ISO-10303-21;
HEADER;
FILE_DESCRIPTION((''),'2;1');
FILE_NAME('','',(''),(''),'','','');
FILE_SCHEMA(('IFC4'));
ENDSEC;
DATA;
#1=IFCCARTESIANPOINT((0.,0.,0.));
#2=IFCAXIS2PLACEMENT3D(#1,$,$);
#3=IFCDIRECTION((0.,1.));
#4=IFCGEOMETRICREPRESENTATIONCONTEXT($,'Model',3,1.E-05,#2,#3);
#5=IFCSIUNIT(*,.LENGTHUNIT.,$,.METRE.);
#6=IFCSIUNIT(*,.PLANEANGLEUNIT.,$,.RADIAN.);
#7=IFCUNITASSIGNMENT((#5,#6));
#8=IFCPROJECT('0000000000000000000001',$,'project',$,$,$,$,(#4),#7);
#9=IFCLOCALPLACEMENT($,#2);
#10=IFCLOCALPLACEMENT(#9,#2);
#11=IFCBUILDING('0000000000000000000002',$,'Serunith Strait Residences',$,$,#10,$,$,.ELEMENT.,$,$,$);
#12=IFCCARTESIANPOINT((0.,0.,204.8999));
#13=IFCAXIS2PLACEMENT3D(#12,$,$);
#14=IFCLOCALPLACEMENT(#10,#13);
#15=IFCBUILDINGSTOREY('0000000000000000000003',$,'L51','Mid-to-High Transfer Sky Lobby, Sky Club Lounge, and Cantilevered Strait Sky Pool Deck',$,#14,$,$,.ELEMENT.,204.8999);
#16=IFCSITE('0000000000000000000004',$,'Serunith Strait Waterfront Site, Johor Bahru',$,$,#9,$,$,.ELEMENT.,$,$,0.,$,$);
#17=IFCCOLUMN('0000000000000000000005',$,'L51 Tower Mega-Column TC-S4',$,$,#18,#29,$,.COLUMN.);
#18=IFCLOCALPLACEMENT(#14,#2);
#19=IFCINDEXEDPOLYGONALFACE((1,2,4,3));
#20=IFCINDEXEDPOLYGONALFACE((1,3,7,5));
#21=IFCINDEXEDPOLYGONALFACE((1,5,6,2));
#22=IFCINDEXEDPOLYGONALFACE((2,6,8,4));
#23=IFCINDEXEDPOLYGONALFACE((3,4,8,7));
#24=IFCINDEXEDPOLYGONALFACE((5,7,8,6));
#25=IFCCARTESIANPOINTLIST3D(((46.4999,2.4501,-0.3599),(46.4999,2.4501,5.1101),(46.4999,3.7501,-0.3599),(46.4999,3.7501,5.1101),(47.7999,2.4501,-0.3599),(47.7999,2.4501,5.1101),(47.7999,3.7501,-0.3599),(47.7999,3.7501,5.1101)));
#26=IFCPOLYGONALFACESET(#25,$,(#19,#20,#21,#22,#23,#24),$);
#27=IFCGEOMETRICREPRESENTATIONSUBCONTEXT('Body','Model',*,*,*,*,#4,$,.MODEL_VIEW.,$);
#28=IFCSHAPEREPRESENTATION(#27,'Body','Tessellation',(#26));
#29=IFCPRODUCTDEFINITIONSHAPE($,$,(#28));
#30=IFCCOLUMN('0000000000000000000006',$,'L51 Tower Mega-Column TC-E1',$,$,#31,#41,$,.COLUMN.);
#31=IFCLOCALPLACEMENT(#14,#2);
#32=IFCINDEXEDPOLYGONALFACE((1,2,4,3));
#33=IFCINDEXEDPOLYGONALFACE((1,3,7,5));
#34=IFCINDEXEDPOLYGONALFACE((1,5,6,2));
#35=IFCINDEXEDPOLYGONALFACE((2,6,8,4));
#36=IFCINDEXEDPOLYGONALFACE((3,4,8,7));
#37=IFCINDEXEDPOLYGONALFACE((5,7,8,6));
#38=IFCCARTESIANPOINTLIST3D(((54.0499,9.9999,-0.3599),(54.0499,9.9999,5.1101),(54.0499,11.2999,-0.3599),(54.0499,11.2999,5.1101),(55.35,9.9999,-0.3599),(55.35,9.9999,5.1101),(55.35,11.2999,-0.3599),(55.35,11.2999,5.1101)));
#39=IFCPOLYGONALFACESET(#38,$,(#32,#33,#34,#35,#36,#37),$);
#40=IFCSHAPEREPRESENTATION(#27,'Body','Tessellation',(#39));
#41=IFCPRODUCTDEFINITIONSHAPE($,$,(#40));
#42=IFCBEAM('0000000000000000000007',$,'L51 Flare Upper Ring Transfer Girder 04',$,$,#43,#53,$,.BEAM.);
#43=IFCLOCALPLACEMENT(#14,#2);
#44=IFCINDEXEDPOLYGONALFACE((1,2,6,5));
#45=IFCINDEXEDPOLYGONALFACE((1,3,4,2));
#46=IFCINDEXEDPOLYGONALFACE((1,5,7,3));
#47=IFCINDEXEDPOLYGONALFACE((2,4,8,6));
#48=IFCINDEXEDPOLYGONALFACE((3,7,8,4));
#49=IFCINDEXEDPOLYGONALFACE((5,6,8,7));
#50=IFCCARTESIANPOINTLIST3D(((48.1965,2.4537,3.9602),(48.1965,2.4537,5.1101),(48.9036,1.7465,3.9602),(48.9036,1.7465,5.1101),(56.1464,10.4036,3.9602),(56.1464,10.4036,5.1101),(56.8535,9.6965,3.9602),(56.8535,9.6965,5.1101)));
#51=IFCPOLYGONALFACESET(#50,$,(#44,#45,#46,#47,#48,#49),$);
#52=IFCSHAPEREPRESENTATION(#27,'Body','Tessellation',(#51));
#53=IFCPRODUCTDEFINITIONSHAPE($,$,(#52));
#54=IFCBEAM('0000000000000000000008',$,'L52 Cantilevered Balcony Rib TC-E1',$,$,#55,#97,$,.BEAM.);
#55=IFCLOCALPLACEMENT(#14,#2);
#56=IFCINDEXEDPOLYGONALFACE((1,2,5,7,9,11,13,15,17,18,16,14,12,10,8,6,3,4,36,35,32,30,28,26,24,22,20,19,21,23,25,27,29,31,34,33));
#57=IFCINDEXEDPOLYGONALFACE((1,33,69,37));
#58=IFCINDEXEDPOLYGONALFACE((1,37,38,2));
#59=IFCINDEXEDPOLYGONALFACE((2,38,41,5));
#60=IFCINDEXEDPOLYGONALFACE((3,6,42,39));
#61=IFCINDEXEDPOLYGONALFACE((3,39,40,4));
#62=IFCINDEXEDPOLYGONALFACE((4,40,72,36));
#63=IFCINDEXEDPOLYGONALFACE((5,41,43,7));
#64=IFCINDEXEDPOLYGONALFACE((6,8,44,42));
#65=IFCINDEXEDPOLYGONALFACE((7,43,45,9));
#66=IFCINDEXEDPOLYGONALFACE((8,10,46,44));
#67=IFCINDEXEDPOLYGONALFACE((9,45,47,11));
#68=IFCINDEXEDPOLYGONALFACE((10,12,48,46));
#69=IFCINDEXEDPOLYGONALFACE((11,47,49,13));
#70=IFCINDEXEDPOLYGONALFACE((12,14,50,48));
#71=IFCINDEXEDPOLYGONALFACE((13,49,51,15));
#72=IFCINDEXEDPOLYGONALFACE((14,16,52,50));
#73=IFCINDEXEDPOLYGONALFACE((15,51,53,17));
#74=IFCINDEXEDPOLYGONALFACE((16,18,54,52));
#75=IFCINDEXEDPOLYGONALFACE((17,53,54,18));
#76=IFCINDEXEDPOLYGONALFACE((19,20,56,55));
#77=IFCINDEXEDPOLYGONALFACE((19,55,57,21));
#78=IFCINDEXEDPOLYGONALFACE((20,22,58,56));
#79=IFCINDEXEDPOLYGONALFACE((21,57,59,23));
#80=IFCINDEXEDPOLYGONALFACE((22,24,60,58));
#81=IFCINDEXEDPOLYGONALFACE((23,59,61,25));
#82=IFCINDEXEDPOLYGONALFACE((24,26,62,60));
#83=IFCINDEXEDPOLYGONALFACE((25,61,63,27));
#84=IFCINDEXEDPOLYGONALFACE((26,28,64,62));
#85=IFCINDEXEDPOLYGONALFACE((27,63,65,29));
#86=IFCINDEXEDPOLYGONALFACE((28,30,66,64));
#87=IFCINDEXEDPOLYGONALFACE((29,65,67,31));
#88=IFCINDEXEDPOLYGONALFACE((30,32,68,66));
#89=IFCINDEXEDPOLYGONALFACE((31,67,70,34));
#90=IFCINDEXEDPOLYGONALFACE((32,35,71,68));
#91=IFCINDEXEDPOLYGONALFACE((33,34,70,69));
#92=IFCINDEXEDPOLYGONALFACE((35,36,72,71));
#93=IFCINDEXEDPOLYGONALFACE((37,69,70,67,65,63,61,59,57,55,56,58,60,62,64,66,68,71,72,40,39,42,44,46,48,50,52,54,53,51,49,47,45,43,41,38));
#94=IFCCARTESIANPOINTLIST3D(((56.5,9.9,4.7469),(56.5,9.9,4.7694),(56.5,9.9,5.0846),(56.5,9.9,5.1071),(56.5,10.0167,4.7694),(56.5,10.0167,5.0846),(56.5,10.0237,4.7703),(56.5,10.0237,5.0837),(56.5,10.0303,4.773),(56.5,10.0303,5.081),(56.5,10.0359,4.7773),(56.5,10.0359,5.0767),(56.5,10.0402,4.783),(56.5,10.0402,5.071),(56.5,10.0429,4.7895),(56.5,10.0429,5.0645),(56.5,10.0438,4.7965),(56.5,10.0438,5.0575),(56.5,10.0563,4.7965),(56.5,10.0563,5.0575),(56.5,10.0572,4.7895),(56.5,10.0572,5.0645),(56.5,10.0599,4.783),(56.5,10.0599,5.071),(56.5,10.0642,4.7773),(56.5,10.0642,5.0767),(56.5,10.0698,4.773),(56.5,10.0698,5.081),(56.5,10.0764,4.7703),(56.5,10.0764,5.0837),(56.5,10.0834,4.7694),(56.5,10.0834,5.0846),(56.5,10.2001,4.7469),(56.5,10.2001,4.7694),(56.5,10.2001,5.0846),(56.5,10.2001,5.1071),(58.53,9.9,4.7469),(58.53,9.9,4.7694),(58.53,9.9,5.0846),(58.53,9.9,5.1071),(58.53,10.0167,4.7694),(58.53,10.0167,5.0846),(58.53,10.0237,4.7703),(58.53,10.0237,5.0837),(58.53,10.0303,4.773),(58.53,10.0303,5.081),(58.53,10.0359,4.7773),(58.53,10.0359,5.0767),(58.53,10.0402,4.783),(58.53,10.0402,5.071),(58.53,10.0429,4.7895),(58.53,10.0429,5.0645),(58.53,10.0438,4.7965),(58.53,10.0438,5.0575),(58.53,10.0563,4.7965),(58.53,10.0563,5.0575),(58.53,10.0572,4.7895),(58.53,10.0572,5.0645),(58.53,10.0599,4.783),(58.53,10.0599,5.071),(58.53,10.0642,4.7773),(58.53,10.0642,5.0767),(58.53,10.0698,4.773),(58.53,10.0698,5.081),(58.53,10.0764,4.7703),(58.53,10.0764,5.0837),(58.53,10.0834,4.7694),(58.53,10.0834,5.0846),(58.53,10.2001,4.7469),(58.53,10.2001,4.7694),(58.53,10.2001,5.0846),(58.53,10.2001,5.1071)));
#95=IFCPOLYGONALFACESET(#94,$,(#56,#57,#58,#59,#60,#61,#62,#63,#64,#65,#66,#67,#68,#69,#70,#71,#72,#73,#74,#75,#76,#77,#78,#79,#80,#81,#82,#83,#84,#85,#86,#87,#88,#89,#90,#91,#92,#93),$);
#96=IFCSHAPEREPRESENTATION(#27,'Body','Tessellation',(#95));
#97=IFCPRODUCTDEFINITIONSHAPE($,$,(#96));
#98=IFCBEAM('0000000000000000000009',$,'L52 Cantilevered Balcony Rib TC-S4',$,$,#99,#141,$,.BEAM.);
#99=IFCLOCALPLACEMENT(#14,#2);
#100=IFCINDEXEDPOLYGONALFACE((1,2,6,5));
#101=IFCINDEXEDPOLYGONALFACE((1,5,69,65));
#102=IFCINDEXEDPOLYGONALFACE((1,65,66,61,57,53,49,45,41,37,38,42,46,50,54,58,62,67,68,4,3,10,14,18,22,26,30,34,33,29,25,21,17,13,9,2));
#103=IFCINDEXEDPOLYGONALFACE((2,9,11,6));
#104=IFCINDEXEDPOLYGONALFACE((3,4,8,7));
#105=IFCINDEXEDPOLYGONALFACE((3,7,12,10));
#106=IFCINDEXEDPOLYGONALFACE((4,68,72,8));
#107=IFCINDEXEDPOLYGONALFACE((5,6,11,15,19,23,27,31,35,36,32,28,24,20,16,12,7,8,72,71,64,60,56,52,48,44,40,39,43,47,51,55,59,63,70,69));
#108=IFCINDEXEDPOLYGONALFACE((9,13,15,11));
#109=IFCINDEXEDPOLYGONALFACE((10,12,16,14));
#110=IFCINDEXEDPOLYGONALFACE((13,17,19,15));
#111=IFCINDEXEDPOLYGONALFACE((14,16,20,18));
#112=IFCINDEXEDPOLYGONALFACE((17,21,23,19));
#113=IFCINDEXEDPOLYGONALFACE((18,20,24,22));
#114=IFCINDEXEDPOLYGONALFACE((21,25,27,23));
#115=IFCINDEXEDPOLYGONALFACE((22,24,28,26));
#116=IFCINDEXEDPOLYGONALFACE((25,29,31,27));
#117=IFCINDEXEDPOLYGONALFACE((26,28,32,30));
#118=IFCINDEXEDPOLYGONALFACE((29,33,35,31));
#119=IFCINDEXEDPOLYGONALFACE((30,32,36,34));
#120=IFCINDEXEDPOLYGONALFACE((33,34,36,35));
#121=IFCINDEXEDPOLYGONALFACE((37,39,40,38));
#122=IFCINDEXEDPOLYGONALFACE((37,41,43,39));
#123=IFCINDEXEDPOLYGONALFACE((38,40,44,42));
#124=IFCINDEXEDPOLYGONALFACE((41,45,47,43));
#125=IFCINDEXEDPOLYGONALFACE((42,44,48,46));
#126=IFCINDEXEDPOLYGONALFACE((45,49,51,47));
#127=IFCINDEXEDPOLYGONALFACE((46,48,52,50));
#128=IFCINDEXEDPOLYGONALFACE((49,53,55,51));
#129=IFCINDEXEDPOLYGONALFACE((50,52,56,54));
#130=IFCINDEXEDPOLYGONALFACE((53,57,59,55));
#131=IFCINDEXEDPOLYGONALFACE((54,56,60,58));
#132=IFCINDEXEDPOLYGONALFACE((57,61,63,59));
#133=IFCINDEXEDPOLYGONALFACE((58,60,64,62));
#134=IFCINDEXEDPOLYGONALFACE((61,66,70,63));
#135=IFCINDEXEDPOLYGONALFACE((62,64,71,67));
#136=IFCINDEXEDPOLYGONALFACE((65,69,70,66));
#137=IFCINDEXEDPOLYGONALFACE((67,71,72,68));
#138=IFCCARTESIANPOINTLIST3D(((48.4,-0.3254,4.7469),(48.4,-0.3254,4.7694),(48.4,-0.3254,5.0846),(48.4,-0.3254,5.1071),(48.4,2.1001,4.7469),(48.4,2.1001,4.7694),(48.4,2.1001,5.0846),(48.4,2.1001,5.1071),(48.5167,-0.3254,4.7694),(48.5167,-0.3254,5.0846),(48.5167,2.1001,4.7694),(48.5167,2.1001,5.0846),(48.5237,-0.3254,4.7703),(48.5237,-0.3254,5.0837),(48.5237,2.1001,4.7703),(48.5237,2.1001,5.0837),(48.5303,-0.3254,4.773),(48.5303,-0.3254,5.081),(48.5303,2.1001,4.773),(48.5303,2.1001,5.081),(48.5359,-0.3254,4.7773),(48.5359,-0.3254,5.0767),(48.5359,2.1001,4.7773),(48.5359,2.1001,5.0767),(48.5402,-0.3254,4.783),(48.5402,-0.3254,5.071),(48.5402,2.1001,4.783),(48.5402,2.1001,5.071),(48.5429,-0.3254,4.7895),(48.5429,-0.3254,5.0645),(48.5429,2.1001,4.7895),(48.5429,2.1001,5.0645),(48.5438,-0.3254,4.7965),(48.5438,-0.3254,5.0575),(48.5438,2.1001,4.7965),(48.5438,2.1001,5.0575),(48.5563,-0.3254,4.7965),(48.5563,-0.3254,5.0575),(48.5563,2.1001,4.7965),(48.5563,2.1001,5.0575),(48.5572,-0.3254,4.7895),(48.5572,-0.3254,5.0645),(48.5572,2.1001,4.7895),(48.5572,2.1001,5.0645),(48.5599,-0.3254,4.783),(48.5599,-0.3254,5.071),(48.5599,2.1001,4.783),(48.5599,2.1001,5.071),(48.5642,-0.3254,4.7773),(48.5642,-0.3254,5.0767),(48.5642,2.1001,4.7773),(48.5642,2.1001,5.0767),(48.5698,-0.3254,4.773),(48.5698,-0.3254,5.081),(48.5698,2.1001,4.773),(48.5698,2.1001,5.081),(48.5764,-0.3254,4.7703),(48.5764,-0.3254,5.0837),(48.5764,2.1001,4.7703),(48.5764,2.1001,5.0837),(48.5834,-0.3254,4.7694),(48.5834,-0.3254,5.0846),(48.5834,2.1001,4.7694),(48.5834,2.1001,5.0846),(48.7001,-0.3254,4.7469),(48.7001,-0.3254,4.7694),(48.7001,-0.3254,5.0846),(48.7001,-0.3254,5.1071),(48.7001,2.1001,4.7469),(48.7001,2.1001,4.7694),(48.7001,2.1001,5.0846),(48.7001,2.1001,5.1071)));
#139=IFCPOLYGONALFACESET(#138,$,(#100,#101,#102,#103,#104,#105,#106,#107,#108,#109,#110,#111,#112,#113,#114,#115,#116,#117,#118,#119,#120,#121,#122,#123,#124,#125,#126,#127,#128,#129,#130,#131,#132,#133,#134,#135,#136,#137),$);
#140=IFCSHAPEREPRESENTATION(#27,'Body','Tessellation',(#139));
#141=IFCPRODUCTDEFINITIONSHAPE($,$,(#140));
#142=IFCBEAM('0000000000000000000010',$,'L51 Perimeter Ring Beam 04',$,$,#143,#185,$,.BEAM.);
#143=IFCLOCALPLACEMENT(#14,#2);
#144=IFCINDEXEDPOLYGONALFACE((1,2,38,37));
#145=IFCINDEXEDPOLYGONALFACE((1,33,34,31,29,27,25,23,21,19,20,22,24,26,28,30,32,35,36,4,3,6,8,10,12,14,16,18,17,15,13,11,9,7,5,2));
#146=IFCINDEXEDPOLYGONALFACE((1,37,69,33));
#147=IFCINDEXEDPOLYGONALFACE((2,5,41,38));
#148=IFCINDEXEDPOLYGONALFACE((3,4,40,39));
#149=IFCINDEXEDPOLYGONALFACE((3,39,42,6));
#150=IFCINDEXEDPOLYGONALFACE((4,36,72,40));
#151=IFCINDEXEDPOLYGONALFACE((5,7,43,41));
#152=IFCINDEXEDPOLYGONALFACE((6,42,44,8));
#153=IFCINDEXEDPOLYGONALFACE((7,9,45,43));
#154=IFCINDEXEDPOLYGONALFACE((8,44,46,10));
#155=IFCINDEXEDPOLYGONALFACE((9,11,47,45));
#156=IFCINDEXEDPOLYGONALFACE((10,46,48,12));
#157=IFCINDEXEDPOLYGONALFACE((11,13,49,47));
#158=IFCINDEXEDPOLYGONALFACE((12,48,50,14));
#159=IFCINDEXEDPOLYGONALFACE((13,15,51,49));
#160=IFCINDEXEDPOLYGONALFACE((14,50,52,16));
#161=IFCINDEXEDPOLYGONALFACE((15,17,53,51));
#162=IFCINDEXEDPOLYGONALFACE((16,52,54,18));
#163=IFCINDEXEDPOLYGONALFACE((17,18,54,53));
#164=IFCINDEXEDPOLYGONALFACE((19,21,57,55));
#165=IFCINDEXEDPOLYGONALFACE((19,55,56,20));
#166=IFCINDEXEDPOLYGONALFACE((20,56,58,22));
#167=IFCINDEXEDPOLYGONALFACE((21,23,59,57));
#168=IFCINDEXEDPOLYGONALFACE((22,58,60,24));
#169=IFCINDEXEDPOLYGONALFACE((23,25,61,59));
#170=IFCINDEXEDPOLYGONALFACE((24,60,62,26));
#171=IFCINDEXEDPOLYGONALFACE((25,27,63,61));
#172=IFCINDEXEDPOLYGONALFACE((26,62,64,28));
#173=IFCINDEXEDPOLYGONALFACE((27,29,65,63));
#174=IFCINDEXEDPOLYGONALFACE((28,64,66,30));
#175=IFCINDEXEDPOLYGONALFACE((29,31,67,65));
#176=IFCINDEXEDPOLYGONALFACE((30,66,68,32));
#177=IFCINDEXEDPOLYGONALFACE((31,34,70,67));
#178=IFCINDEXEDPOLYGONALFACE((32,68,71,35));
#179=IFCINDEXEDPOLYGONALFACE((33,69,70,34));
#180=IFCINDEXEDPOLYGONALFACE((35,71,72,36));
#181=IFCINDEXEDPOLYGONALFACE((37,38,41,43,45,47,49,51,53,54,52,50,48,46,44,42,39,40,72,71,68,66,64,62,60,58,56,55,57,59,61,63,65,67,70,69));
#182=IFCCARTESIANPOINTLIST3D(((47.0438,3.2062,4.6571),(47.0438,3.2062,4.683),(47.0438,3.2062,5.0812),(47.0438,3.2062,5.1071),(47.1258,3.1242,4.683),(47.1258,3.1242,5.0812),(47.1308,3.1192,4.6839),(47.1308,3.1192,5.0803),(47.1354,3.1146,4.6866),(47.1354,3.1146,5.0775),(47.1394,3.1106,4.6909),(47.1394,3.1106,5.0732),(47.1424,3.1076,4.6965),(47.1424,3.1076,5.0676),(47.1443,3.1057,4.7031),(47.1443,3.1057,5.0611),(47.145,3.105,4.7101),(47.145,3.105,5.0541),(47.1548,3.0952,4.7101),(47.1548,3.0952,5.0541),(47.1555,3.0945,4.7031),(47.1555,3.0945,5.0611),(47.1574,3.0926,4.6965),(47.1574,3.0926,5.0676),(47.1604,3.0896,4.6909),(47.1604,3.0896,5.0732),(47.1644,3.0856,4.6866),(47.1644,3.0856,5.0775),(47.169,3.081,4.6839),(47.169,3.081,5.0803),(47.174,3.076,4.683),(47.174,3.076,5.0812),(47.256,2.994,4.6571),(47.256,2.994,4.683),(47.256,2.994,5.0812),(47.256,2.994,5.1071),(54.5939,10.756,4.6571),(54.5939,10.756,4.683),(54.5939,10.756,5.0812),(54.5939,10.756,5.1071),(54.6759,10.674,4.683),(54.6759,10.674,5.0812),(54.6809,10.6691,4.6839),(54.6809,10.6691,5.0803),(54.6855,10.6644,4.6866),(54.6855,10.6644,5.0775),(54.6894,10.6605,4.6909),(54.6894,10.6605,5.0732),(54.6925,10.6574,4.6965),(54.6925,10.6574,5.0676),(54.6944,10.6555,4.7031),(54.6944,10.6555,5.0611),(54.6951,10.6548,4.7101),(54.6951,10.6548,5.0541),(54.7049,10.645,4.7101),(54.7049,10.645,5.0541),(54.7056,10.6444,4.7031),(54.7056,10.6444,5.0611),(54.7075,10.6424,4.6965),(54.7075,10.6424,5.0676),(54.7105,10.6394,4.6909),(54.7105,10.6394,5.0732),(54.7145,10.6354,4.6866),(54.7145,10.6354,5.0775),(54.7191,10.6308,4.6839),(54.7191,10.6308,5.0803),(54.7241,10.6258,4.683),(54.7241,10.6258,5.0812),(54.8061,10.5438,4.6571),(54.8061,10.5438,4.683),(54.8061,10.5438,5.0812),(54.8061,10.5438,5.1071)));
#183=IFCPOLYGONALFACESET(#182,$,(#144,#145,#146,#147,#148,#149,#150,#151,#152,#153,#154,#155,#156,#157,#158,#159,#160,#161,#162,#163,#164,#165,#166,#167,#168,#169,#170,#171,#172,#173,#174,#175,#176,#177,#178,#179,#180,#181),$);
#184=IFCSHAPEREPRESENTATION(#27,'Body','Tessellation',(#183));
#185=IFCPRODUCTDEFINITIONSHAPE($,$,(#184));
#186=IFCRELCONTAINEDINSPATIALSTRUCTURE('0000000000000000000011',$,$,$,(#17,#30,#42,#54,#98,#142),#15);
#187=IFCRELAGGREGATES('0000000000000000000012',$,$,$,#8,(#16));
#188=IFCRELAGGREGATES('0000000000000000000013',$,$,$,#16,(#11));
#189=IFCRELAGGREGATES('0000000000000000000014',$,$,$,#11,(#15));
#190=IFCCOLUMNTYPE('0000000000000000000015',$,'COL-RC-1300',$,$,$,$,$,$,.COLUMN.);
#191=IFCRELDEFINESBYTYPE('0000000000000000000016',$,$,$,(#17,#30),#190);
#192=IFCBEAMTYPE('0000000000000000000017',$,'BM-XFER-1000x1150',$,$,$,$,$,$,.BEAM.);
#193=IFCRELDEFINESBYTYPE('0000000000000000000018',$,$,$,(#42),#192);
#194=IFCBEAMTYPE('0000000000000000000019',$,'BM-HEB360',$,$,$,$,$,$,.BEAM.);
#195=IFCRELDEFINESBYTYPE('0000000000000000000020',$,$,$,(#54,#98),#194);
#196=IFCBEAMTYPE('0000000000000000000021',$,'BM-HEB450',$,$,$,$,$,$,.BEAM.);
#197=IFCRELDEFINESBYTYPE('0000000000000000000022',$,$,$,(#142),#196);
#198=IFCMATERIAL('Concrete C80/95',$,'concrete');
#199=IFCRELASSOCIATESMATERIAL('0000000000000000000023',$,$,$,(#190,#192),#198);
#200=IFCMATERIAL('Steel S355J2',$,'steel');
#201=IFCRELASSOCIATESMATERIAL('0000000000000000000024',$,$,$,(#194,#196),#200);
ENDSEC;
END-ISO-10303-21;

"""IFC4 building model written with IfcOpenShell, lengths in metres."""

from ifc_helpers import new_model, si_unit, direction, frame, origin, origin_2d, place, context, subcontext, project, spatial, rectangle, i_section, extrude, source, transform, mapped, material, material_profile, profile_set, type_object, element, save


model = new_model("IFC4")

# Units and contexts
model_context = context("Model", 3, precision=1e-05, world=origin(), true_north=direction((0.0, 1.0)))
body_context = subcontext(model_context, "Body", "Model", "MODEL_VIEW")
ifc_project = project(units=[si_unit("LENGTHUNIT", "METRE"), si_unit("PLANEANGLEUNIT", "RADIAN")], contexts=[model_context])

# Site, building, storey
site_placement = place(None, origin())
site = spatial("IfcSite", under=ifc_project, at=site_placement, Name="Serunith Strait Waterfront Site, Johor Bahru", CompositionType="ELEMENT", RefElevation=0.0)
building_placement = place(site_placement, origin())
building = spatial("IfcBuilding", under=site, at=building_placement, Name="Serunith Strait Residences", CompositionType="ELEMENT")
storey_placement = place(building_placement, frame((0.0, 0.0, 204.8999)))
storey = spatial("IfcBuildingStorey", under=building, at=storey_placement, Name="L51", Description="Mid-to-High Transfer Sky Lobby, Sky Club Lounge, and Cantilevered Strait Sky Pool Deck", CompositionType="ELEMENT", Elevation=204.8999)

# Columns
ifc_material_1 = material(Name="Concrete C80/95", Category="concrete")
ifc_material_profile_1 = material_profile(ifc_material_1, rectangle(XDim=1.3, YDim=1.3, at=origin_2d()), Name="RC 1300x1300")
ifc_profile_set_1 = profile_set([ifc_material_profile_1], Name="Concrete C80/95")
column_type = type_object("IfcColumnType", Name="COL-RC-1300", PredefinedType="COLUMN", material=ifc_profile_set_1)
shared_shape_1 = source(origin(), body_context, "Body", "SweptSolid", [
    extrude(rectangle(XDim=1.3, YDim=1.3, at=origin_2d()), origin(), (0.0, 0.0, 1.0), 5.47),
])
for number, where, z_axis, x_axis, name in (
    (1, (47.1499, 3.1001, -0.3599), (0.0, 0.0, 1.0), (1.0, 0.0, 0.0), "L51 Tower Mega-Column TC-S4"),
    (2, (54.7, 10.6499, -0.3599), (0.0, 0.0, 1.0), (1.0, 0.0, 0.0), "L51 Tower Mega-Column TC-E1"),
):
    element("IfcColumn", number, at=place(storey_placement, frame(where, z_axis=z_axis, x_axis=x_axis)), inside=storey, type_object=column_type, Name=name, PredefinedType="COLUMN", context=body_context, shape_type="MappedRepresentation", body=[
        mapped(shared_shape_1, transform((0.0, 0.0, 0.0), scale=1.0)),
    ])

# Beams
ifc_material_profile_2 = material_profile(ifc_material_1, rectangle(XDim=1.0, YDim=1.1499, at=origin_2d()), Name="RC 1000x1150")
ifc_profile_set_2 = profile_set([ifc_material_profile_2], Name="Concrete C80/95")
beam_type_1 = type_object("IfcBeamType", Name="BM-XFER-1000x1150", PredefinedType="BEAM", material=ifc_profile_set_2)
shared_shape_2 = source(origin(), body_context, "Body", "SweptSolid", [
    extrude(rectangle(XDim=1.0, YDim=1.1499, at=origin_2d()), origin(), (0.0, 0.0, 1.0), 11.2429),
])
beam_1_placement = place(storey_placement, frame((48.55, 2.1001, 4.5352), z_axis=(0.707107, 0.707107, 0.0), x_axis=(-0.707107, 0.707107, 0.0)))
element("IfcBeam", 3, at=beam_1_placement, inside=storey, type_object=beam_type_1, Name="L51 Flare Upper Ring Transfer Girder 04", PredefinedType="BEAM", context=body_context, shape_type="MappedRepresentation", body=[
    mapped(shared_shape_2, transform((0.0, 0.0, 0.0), scale=1.0)),
])
ifc_material_2 = material(Name="Steel S355J2", Category="steel")
ifc_material_profile_3 = material_profile(ifc_material_2, i_section(OverallWidth=0.3, OverallDepth=0.3601, WebThickness=0.0125, FlangeThickness=0.0225, FilletRadius=0.0271, at=origin_2d()), Name="HEB 360")
ifc_profile_set_3 = profile_set([ifc_material_profile_3], Name="Steel S355J2")
beam_type_2 = type_object("IfcBeamType", Name="BM-HEB360", PredefinedType="BEAM", material=ifc_profile_set_3)
shared_shape_3 = source(origin(), body_context, "Body", "SweptSolid", [
    extrude(i_section(OverallWidth=0.3, OverallDepth=0.3601, WebThickness=0.0125, FlangeThickness=0.0225, FilletRadius=0.0271, at=origin_2d()), origin(), (0.0, 0.0, 1.0), 2.03),
])
beam_2_placement = place(storey_placement, frame((56.5, 10.05, 4.927), z_axis=(1.0, 0.0, 0.0), x_axis=(0.0, 1.0, 0.0)))
element("IfcBeam", 4, at=beam_2_placement, inside=storey, type_object=beam_type_2, Name="L52 Cantilevered Balcony Rib TC-E1", PredefinedType="BEAM", context=body_context, shape_type="MappedRepresentation", body=[
    mapped(shared_shape_3, transform((0.0, 0.0, 0.0), scale=1.0)),
])
shared_shape_4 = source(origin(), body_context, "Body", "SweptSolid", [
    extrude(i_section(OverallWidth=0.3, OverallDepth=0.3601, WebThickness=0.0125, FlangeThickness=0.0225, FilletRadius=0.0271, at=origin_2d()), origin(), (0.0, 0.0, 1.0), 2.4255),
])
beam_3_placement = place(storey_placement, frame((48.55, 2.1001, 4.927), z_axis=(0.0, -1.0, 0.0), x_axis=(1.0, 0.0, 0.0)))
element("IfcBeam", 5, at=beam_3_placement, inside=storey, type_object=beam_type_2, Name="L52 Cantilevered Balcony Rib TC-S4", PredefinedType="BEAM", context=body_context, shape_type="MappedRepresentation", body=[
    mapped(shared_shape_4, transform((0.0, 0.0, 0.0), scale=1.0)),
])
ifc_material_profile_4 = material_profile(ifc_material_2, i_section(OverallWidth=0.3, OverallDepth=0.45, WebThickness=0.0139, FlangeThickness=0.0259, FilletRadius=0.0271, at=origin_2d()), Name="HEB 450")
ifc_profile_set_4 = profile_set([ifc_material_profile_4], Name="Steel S355J2")
beam_type_3 = type_object("IfcBeamType", Name="BM-HEB450", PredefinedType="BEAM", material=ifc_profile_set_4)
shared_shape_5 = source(origin(), body_context, "Body", "SweptSolid", [
    extrude(i_section(OverallWidth=0.3, OverallDepth=0.45, WebThickness=0.0139, FlangeThickness=0.0259, FilletRadius=0.0271, at=origin_2d()), origin(), (0.0, 0.0, 1.0), 10.6772),
])
beam_4_placement = place(storey_placement, frame((47.1499, 3.1001, 4.8821), z_axis=(0.707118, 0.707095, 0.0), x_axis=(-0.707095, 0.707118, 0.0)))
element("IfcBeam", 6, at=beam_4_placement, inside=storey, type_object=beam_type_3, Name="L51 Perimeter Ring Beam 04", PredefinedType="BEAM", context=body_context, shape_type="MappedRepresentation", body=[
    mapped(shared_shape_5, transform((0.0, 0.0, 0.0), scale=1.0)),
])

save(model, "model.ifc")
